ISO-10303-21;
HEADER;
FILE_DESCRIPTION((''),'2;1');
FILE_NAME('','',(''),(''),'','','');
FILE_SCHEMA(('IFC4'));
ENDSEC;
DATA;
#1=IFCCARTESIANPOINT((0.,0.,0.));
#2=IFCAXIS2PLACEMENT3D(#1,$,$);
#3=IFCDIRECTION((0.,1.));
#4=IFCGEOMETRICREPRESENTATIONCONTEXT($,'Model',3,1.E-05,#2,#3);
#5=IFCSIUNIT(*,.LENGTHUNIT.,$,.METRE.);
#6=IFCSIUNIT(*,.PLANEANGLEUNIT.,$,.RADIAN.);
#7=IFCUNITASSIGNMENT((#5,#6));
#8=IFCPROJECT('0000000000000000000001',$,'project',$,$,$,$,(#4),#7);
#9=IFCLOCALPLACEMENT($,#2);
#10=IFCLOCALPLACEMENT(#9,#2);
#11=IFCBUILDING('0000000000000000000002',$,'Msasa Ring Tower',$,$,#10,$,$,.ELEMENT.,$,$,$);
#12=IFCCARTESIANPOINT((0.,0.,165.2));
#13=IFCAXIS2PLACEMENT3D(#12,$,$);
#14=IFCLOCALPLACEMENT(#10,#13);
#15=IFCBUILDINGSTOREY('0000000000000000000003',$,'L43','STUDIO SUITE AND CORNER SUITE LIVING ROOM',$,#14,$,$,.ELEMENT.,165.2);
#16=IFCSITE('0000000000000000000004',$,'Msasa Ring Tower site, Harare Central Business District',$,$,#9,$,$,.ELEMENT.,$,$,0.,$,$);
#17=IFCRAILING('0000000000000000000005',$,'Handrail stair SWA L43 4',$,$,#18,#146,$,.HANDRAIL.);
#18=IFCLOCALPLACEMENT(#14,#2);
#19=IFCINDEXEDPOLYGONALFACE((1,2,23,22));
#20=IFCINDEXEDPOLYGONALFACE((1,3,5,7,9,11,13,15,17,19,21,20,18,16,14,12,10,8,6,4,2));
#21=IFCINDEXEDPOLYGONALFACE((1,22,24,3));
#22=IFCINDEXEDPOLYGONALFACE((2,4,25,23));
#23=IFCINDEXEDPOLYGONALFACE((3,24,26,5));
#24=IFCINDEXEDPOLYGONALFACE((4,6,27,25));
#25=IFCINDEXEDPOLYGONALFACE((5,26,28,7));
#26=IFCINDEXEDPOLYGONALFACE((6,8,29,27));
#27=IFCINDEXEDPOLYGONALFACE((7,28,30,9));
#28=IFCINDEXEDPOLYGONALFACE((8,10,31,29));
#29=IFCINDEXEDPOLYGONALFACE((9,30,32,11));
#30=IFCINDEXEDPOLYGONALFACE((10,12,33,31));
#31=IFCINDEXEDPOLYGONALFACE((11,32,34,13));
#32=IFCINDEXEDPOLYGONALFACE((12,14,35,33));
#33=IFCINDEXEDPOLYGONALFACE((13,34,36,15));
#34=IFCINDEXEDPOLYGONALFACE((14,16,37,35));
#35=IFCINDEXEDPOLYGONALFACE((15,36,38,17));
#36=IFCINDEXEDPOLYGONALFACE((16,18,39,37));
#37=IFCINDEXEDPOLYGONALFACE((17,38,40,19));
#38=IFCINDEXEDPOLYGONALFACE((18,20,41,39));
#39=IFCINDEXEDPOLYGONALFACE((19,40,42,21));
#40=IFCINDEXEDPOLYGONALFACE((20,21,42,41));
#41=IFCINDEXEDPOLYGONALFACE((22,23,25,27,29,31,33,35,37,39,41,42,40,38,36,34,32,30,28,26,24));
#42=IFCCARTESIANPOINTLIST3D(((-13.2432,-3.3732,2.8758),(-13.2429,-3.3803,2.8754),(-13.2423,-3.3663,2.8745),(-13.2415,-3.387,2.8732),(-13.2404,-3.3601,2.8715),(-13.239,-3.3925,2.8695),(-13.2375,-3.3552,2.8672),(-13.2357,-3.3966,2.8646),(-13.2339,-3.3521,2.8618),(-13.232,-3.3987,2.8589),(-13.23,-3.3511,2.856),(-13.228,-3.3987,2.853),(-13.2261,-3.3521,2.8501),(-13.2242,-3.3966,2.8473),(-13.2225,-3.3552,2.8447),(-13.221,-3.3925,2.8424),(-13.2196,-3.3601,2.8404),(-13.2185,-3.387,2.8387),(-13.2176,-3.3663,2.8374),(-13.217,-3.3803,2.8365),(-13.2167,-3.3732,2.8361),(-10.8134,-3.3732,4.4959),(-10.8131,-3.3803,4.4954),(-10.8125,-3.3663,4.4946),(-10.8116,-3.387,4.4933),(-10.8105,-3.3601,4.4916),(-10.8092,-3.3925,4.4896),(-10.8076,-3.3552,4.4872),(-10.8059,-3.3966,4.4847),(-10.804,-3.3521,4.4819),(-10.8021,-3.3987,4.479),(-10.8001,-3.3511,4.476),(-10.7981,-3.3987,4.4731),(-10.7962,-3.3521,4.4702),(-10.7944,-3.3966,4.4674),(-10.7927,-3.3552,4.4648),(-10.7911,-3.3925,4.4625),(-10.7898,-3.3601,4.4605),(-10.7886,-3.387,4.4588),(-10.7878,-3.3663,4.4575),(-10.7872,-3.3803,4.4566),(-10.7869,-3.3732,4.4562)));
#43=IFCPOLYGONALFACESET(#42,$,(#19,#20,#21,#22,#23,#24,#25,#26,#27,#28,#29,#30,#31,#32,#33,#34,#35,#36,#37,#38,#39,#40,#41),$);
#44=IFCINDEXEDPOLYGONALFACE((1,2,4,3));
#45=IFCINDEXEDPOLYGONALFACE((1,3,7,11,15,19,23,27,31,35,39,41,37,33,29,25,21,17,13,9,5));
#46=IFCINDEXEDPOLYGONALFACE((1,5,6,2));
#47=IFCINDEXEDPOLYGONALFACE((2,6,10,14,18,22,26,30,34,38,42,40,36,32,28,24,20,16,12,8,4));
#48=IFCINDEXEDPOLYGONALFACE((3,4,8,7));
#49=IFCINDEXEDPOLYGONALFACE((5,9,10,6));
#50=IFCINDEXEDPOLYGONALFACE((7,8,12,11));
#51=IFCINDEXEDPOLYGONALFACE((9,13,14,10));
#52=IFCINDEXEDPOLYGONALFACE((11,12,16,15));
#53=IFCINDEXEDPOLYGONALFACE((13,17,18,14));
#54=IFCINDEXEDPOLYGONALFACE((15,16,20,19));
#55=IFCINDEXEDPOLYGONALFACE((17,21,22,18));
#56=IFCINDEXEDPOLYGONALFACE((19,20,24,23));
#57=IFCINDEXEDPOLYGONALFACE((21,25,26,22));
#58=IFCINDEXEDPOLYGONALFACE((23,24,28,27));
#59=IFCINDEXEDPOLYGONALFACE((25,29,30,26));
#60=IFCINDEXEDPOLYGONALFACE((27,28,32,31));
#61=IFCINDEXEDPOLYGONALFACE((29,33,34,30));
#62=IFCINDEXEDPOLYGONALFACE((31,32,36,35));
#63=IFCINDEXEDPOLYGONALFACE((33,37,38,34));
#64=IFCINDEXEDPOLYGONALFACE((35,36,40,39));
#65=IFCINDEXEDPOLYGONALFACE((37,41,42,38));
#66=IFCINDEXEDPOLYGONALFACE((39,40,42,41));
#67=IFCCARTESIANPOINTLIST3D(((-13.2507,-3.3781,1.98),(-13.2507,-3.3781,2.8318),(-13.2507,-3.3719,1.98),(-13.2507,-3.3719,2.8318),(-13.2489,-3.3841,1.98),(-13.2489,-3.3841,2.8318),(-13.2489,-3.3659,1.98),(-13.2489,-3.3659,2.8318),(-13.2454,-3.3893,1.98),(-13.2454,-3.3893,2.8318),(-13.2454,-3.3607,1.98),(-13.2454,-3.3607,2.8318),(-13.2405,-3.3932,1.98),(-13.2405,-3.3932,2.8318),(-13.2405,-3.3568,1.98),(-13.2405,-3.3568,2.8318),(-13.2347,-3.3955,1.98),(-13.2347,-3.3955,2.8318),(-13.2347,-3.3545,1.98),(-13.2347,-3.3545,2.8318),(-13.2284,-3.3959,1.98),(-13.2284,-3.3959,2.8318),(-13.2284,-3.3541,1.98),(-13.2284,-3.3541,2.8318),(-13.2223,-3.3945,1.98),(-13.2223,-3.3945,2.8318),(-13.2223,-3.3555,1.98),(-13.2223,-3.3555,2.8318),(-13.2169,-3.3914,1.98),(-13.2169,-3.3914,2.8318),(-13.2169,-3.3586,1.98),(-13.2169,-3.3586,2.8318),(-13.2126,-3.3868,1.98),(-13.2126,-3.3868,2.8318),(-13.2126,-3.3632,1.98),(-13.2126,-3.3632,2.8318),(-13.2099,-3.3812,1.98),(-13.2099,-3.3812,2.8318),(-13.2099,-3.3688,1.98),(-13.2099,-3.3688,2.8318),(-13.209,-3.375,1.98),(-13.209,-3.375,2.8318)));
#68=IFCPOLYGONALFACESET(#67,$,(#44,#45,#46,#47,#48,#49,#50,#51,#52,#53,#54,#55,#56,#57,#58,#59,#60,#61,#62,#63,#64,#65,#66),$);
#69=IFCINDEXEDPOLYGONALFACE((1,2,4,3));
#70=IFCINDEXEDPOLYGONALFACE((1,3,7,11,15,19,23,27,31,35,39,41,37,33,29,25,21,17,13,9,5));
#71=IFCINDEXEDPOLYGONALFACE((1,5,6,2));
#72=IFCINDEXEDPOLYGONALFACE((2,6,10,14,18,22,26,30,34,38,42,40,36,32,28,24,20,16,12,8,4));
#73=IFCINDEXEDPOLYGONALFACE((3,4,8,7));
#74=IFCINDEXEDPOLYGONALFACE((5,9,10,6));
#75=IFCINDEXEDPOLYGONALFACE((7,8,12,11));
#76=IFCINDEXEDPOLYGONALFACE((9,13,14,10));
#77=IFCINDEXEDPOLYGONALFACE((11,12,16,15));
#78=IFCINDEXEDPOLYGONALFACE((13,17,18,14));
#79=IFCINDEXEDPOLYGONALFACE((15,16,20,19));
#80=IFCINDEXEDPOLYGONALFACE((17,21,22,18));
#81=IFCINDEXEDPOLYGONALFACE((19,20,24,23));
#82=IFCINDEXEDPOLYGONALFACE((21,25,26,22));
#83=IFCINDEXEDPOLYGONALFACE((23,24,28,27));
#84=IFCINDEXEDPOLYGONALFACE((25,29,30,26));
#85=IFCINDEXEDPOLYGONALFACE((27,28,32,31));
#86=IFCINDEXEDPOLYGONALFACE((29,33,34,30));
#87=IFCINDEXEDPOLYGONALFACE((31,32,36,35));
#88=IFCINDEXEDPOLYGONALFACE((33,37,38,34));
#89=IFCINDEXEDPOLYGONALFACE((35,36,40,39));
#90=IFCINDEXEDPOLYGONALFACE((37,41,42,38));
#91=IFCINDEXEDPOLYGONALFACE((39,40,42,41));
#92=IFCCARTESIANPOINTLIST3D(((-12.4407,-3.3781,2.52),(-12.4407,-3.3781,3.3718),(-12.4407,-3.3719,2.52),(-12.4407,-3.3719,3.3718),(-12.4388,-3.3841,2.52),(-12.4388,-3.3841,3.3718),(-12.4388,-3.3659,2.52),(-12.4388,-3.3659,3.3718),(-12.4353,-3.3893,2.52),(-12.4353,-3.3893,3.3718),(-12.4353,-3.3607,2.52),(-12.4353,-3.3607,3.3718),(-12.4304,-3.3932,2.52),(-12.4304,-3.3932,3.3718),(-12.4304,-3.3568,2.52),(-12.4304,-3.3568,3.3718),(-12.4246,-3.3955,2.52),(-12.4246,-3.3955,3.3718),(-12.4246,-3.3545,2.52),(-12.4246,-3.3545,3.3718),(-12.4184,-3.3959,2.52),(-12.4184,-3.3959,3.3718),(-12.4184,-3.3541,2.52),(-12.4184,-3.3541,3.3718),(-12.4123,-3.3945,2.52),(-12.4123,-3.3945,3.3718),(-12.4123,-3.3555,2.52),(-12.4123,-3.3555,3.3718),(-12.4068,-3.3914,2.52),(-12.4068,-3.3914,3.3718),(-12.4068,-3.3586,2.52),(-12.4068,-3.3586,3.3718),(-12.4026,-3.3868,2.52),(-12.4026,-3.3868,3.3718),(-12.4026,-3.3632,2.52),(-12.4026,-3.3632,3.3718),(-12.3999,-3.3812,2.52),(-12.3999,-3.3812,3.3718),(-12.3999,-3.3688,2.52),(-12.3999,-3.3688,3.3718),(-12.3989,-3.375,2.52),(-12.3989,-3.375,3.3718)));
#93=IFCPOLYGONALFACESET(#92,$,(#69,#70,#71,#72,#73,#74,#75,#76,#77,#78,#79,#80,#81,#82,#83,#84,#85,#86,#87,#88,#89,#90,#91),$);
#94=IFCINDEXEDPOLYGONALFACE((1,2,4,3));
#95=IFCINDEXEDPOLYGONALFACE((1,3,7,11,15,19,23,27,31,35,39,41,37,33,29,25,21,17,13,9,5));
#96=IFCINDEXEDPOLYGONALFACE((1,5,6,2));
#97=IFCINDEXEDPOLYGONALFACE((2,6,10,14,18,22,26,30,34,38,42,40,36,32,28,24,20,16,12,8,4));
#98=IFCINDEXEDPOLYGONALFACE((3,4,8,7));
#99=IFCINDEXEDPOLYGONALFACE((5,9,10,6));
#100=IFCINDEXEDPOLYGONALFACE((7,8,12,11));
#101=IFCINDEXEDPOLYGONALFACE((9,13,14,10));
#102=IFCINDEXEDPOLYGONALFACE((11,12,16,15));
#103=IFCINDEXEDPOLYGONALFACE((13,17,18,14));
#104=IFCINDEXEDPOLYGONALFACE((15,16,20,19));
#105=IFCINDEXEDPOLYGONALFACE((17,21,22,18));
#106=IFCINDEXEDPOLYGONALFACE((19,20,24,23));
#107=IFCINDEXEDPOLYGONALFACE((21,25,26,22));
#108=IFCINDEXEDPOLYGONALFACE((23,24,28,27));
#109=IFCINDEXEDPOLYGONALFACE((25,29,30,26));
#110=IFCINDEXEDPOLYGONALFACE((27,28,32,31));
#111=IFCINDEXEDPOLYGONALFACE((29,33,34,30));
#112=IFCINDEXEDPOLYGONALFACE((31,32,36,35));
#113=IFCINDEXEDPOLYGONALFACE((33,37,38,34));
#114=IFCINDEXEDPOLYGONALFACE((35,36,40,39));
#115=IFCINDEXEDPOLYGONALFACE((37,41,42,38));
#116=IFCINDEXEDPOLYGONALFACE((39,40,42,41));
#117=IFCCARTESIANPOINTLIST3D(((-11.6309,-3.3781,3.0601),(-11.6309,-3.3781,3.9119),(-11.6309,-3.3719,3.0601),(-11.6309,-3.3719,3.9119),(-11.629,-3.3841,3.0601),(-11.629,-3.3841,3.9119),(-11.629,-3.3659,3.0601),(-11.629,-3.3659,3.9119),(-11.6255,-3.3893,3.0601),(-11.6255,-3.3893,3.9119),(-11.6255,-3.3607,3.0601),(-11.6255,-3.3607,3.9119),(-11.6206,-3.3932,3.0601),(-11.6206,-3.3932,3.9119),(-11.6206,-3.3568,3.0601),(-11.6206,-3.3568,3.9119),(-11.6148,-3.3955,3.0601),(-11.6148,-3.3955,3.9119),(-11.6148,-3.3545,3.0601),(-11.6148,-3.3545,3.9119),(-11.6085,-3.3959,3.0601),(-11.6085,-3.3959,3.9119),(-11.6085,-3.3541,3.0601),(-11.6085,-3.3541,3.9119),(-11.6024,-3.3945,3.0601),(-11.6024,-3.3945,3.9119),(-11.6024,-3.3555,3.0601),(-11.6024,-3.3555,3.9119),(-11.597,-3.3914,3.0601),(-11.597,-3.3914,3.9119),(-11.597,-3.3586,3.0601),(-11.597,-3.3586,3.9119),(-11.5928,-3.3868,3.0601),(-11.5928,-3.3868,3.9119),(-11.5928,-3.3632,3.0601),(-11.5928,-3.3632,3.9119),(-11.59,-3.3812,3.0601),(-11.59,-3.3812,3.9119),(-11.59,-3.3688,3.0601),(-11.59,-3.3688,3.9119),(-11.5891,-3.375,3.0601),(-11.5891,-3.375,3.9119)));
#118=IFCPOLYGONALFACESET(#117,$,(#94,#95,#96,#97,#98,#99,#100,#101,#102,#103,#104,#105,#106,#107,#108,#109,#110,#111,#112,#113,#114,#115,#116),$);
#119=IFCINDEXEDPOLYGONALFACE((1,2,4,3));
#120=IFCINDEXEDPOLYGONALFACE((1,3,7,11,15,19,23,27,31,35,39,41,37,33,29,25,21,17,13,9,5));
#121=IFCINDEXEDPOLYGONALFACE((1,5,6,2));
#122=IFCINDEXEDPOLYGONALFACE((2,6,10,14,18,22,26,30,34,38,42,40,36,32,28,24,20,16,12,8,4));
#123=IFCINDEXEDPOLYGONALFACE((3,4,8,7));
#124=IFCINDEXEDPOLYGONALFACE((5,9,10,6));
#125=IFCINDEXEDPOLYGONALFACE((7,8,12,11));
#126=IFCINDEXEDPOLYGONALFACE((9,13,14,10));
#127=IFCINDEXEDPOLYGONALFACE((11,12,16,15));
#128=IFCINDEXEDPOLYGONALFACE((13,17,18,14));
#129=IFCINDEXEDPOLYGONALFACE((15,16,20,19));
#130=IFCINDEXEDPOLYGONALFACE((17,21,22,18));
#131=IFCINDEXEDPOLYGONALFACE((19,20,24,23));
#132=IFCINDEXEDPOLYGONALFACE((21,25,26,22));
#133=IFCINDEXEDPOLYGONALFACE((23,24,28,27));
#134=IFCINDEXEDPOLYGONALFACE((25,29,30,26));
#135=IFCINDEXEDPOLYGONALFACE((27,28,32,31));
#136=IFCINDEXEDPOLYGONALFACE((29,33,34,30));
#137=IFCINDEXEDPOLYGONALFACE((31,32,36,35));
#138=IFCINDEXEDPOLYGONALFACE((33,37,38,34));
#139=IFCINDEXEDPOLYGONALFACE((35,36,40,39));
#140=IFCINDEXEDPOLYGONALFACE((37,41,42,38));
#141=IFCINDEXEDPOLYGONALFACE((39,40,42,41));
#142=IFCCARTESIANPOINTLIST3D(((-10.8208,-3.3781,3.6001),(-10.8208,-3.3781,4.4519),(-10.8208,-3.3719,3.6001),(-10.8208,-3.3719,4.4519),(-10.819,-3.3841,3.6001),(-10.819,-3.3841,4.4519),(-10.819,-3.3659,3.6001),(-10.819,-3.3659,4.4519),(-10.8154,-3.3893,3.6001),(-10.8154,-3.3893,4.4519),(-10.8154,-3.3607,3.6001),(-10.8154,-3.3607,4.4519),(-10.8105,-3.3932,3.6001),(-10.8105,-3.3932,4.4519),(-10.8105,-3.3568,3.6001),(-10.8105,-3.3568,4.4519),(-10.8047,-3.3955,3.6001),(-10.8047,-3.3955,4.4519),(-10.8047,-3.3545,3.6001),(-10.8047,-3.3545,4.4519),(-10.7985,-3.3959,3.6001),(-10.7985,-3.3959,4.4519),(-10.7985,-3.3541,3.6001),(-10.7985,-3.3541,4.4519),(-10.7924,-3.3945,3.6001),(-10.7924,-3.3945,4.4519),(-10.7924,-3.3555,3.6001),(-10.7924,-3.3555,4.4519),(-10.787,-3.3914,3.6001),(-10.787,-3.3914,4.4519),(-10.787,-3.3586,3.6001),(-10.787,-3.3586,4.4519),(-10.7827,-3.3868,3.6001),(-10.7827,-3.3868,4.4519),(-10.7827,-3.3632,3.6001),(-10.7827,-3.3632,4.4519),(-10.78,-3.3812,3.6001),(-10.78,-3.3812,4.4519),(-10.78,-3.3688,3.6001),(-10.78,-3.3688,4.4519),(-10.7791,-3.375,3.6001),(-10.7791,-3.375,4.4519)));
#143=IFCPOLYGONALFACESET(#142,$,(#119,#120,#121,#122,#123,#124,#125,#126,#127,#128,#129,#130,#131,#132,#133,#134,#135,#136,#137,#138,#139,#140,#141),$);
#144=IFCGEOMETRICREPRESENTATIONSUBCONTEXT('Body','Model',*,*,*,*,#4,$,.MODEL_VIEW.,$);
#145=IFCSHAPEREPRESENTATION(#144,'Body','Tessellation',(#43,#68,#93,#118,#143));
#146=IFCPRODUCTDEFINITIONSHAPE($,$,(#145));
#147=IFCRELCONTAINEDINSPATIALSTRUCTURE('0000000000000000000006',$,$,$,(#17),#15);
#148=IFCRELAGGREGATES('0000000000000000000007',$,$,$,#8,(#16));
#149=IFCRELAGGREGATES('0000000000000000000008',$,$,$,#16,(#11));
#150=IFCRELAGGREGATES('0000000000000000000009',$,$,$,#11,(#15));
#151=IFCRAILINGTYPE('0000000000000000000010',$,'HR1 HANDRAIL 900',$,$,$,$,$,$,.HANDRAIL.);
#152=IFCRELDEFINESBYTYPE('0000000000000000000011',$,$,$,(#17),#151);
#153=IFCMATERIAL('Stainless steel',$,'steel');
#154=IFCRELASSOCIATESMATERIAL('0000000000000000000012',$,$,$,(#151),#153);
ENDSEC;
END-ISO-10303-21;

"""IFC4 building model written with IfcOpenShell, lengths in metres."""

from ifc_helpers import new_model, si_unit, direction, frame, origin, origin_2d, place, context, subcontext, project, spatial, circle, extrude, material, type_object, element, save


model = new_model("IFC4")

# Units and contexts
model_context = context("Model", 3, precision=1e-05, world=origin(), true_north=direction((0.0, 1.0)))
body_context = subcontext(model_context, "Body", "Model", "MODEL_VIEW")
ifc_project = project(units=[si_unit("LENGTHUNIT", "METRE"), si_unit("PLANEANGLEUNIT", "RADIAN")], contexts=[model_context])

# Site, building, storey
site_placement = place(None, origin())
site = spatial("IfcSite", under=ifc_project, at=site_placement, Name="Msasa Ring Tower site, Harare Central Business District", CompositionType="ELEMENT", RefElevation=0.0)
building_placement = place(site_placement, origin())
building = spatial("IfcBuilding", under=site, at=building_placement, Name="Msasa Ring Tower", CompositionType="ELEMENT")
storey_placement = place(building_placement, frame((0.0, 0.0, 165.2)))
storey = spatial("IfcBuildingStorey", under=building, at=storey_placement, Name="L43", Description="STUDIO SUITE AND CORNER SUITE LIVING ROOM", CompositionType="ELEMENT", Elevation=165.2)

# Railing
ifc_material_1 = material(Name="Stainless steel", Category="steel")
railing_type = type_object("IfcRailingType", Name="HR1 HANDRAIL 900", PredefinedType="HANDRAIL", material=ifc_material_1)
for number, where, name in (
    (1, (-13.23, -3.375, 1.98), "Handrail stair SWA L43 4"),
):
    element("IfcRailing", number, at=place(storey_placement, frame(where)), inside=storey, type_object=railing_type, Name=name, PredefinedType="HANDRAIL", context=body_context, shape_type="SweptSolid", body=[
        extrude(circle(Radius=0.0239, at=origin_2d()), frame((0.0, 0.0, 0.876), z_axis=(0.832025, 0.0, 0.554739), x_axis=(0.0, 1.0, 0.0)), (0.0, 0.0, 1.0), 2.9204),
        extrude(circle(Radius=0.021, at=origin_2d()), origin(), (0.0, 0.0, 1.0), 0.8518),
        extrude(circle(Radius=0.021, at=origin_2d()), frame((0.8101, 0.0, 0.54)), (0.0, 0.0, 1.0), 0.8518),
        extrude(circle(Radius=0.021, at=origin_2d()), frame((1.6199, 0.0, 1.0801)), (0.0, 0.0, 1.0), 0.8518),
        extrude(circle(Radius=0.021, at=origin_2d()), frame((2.4299, 0.0, 1.6201)), (0.0, 0.0, 1.0), 0.8518),
    ])

save(model, "model.ifc")
